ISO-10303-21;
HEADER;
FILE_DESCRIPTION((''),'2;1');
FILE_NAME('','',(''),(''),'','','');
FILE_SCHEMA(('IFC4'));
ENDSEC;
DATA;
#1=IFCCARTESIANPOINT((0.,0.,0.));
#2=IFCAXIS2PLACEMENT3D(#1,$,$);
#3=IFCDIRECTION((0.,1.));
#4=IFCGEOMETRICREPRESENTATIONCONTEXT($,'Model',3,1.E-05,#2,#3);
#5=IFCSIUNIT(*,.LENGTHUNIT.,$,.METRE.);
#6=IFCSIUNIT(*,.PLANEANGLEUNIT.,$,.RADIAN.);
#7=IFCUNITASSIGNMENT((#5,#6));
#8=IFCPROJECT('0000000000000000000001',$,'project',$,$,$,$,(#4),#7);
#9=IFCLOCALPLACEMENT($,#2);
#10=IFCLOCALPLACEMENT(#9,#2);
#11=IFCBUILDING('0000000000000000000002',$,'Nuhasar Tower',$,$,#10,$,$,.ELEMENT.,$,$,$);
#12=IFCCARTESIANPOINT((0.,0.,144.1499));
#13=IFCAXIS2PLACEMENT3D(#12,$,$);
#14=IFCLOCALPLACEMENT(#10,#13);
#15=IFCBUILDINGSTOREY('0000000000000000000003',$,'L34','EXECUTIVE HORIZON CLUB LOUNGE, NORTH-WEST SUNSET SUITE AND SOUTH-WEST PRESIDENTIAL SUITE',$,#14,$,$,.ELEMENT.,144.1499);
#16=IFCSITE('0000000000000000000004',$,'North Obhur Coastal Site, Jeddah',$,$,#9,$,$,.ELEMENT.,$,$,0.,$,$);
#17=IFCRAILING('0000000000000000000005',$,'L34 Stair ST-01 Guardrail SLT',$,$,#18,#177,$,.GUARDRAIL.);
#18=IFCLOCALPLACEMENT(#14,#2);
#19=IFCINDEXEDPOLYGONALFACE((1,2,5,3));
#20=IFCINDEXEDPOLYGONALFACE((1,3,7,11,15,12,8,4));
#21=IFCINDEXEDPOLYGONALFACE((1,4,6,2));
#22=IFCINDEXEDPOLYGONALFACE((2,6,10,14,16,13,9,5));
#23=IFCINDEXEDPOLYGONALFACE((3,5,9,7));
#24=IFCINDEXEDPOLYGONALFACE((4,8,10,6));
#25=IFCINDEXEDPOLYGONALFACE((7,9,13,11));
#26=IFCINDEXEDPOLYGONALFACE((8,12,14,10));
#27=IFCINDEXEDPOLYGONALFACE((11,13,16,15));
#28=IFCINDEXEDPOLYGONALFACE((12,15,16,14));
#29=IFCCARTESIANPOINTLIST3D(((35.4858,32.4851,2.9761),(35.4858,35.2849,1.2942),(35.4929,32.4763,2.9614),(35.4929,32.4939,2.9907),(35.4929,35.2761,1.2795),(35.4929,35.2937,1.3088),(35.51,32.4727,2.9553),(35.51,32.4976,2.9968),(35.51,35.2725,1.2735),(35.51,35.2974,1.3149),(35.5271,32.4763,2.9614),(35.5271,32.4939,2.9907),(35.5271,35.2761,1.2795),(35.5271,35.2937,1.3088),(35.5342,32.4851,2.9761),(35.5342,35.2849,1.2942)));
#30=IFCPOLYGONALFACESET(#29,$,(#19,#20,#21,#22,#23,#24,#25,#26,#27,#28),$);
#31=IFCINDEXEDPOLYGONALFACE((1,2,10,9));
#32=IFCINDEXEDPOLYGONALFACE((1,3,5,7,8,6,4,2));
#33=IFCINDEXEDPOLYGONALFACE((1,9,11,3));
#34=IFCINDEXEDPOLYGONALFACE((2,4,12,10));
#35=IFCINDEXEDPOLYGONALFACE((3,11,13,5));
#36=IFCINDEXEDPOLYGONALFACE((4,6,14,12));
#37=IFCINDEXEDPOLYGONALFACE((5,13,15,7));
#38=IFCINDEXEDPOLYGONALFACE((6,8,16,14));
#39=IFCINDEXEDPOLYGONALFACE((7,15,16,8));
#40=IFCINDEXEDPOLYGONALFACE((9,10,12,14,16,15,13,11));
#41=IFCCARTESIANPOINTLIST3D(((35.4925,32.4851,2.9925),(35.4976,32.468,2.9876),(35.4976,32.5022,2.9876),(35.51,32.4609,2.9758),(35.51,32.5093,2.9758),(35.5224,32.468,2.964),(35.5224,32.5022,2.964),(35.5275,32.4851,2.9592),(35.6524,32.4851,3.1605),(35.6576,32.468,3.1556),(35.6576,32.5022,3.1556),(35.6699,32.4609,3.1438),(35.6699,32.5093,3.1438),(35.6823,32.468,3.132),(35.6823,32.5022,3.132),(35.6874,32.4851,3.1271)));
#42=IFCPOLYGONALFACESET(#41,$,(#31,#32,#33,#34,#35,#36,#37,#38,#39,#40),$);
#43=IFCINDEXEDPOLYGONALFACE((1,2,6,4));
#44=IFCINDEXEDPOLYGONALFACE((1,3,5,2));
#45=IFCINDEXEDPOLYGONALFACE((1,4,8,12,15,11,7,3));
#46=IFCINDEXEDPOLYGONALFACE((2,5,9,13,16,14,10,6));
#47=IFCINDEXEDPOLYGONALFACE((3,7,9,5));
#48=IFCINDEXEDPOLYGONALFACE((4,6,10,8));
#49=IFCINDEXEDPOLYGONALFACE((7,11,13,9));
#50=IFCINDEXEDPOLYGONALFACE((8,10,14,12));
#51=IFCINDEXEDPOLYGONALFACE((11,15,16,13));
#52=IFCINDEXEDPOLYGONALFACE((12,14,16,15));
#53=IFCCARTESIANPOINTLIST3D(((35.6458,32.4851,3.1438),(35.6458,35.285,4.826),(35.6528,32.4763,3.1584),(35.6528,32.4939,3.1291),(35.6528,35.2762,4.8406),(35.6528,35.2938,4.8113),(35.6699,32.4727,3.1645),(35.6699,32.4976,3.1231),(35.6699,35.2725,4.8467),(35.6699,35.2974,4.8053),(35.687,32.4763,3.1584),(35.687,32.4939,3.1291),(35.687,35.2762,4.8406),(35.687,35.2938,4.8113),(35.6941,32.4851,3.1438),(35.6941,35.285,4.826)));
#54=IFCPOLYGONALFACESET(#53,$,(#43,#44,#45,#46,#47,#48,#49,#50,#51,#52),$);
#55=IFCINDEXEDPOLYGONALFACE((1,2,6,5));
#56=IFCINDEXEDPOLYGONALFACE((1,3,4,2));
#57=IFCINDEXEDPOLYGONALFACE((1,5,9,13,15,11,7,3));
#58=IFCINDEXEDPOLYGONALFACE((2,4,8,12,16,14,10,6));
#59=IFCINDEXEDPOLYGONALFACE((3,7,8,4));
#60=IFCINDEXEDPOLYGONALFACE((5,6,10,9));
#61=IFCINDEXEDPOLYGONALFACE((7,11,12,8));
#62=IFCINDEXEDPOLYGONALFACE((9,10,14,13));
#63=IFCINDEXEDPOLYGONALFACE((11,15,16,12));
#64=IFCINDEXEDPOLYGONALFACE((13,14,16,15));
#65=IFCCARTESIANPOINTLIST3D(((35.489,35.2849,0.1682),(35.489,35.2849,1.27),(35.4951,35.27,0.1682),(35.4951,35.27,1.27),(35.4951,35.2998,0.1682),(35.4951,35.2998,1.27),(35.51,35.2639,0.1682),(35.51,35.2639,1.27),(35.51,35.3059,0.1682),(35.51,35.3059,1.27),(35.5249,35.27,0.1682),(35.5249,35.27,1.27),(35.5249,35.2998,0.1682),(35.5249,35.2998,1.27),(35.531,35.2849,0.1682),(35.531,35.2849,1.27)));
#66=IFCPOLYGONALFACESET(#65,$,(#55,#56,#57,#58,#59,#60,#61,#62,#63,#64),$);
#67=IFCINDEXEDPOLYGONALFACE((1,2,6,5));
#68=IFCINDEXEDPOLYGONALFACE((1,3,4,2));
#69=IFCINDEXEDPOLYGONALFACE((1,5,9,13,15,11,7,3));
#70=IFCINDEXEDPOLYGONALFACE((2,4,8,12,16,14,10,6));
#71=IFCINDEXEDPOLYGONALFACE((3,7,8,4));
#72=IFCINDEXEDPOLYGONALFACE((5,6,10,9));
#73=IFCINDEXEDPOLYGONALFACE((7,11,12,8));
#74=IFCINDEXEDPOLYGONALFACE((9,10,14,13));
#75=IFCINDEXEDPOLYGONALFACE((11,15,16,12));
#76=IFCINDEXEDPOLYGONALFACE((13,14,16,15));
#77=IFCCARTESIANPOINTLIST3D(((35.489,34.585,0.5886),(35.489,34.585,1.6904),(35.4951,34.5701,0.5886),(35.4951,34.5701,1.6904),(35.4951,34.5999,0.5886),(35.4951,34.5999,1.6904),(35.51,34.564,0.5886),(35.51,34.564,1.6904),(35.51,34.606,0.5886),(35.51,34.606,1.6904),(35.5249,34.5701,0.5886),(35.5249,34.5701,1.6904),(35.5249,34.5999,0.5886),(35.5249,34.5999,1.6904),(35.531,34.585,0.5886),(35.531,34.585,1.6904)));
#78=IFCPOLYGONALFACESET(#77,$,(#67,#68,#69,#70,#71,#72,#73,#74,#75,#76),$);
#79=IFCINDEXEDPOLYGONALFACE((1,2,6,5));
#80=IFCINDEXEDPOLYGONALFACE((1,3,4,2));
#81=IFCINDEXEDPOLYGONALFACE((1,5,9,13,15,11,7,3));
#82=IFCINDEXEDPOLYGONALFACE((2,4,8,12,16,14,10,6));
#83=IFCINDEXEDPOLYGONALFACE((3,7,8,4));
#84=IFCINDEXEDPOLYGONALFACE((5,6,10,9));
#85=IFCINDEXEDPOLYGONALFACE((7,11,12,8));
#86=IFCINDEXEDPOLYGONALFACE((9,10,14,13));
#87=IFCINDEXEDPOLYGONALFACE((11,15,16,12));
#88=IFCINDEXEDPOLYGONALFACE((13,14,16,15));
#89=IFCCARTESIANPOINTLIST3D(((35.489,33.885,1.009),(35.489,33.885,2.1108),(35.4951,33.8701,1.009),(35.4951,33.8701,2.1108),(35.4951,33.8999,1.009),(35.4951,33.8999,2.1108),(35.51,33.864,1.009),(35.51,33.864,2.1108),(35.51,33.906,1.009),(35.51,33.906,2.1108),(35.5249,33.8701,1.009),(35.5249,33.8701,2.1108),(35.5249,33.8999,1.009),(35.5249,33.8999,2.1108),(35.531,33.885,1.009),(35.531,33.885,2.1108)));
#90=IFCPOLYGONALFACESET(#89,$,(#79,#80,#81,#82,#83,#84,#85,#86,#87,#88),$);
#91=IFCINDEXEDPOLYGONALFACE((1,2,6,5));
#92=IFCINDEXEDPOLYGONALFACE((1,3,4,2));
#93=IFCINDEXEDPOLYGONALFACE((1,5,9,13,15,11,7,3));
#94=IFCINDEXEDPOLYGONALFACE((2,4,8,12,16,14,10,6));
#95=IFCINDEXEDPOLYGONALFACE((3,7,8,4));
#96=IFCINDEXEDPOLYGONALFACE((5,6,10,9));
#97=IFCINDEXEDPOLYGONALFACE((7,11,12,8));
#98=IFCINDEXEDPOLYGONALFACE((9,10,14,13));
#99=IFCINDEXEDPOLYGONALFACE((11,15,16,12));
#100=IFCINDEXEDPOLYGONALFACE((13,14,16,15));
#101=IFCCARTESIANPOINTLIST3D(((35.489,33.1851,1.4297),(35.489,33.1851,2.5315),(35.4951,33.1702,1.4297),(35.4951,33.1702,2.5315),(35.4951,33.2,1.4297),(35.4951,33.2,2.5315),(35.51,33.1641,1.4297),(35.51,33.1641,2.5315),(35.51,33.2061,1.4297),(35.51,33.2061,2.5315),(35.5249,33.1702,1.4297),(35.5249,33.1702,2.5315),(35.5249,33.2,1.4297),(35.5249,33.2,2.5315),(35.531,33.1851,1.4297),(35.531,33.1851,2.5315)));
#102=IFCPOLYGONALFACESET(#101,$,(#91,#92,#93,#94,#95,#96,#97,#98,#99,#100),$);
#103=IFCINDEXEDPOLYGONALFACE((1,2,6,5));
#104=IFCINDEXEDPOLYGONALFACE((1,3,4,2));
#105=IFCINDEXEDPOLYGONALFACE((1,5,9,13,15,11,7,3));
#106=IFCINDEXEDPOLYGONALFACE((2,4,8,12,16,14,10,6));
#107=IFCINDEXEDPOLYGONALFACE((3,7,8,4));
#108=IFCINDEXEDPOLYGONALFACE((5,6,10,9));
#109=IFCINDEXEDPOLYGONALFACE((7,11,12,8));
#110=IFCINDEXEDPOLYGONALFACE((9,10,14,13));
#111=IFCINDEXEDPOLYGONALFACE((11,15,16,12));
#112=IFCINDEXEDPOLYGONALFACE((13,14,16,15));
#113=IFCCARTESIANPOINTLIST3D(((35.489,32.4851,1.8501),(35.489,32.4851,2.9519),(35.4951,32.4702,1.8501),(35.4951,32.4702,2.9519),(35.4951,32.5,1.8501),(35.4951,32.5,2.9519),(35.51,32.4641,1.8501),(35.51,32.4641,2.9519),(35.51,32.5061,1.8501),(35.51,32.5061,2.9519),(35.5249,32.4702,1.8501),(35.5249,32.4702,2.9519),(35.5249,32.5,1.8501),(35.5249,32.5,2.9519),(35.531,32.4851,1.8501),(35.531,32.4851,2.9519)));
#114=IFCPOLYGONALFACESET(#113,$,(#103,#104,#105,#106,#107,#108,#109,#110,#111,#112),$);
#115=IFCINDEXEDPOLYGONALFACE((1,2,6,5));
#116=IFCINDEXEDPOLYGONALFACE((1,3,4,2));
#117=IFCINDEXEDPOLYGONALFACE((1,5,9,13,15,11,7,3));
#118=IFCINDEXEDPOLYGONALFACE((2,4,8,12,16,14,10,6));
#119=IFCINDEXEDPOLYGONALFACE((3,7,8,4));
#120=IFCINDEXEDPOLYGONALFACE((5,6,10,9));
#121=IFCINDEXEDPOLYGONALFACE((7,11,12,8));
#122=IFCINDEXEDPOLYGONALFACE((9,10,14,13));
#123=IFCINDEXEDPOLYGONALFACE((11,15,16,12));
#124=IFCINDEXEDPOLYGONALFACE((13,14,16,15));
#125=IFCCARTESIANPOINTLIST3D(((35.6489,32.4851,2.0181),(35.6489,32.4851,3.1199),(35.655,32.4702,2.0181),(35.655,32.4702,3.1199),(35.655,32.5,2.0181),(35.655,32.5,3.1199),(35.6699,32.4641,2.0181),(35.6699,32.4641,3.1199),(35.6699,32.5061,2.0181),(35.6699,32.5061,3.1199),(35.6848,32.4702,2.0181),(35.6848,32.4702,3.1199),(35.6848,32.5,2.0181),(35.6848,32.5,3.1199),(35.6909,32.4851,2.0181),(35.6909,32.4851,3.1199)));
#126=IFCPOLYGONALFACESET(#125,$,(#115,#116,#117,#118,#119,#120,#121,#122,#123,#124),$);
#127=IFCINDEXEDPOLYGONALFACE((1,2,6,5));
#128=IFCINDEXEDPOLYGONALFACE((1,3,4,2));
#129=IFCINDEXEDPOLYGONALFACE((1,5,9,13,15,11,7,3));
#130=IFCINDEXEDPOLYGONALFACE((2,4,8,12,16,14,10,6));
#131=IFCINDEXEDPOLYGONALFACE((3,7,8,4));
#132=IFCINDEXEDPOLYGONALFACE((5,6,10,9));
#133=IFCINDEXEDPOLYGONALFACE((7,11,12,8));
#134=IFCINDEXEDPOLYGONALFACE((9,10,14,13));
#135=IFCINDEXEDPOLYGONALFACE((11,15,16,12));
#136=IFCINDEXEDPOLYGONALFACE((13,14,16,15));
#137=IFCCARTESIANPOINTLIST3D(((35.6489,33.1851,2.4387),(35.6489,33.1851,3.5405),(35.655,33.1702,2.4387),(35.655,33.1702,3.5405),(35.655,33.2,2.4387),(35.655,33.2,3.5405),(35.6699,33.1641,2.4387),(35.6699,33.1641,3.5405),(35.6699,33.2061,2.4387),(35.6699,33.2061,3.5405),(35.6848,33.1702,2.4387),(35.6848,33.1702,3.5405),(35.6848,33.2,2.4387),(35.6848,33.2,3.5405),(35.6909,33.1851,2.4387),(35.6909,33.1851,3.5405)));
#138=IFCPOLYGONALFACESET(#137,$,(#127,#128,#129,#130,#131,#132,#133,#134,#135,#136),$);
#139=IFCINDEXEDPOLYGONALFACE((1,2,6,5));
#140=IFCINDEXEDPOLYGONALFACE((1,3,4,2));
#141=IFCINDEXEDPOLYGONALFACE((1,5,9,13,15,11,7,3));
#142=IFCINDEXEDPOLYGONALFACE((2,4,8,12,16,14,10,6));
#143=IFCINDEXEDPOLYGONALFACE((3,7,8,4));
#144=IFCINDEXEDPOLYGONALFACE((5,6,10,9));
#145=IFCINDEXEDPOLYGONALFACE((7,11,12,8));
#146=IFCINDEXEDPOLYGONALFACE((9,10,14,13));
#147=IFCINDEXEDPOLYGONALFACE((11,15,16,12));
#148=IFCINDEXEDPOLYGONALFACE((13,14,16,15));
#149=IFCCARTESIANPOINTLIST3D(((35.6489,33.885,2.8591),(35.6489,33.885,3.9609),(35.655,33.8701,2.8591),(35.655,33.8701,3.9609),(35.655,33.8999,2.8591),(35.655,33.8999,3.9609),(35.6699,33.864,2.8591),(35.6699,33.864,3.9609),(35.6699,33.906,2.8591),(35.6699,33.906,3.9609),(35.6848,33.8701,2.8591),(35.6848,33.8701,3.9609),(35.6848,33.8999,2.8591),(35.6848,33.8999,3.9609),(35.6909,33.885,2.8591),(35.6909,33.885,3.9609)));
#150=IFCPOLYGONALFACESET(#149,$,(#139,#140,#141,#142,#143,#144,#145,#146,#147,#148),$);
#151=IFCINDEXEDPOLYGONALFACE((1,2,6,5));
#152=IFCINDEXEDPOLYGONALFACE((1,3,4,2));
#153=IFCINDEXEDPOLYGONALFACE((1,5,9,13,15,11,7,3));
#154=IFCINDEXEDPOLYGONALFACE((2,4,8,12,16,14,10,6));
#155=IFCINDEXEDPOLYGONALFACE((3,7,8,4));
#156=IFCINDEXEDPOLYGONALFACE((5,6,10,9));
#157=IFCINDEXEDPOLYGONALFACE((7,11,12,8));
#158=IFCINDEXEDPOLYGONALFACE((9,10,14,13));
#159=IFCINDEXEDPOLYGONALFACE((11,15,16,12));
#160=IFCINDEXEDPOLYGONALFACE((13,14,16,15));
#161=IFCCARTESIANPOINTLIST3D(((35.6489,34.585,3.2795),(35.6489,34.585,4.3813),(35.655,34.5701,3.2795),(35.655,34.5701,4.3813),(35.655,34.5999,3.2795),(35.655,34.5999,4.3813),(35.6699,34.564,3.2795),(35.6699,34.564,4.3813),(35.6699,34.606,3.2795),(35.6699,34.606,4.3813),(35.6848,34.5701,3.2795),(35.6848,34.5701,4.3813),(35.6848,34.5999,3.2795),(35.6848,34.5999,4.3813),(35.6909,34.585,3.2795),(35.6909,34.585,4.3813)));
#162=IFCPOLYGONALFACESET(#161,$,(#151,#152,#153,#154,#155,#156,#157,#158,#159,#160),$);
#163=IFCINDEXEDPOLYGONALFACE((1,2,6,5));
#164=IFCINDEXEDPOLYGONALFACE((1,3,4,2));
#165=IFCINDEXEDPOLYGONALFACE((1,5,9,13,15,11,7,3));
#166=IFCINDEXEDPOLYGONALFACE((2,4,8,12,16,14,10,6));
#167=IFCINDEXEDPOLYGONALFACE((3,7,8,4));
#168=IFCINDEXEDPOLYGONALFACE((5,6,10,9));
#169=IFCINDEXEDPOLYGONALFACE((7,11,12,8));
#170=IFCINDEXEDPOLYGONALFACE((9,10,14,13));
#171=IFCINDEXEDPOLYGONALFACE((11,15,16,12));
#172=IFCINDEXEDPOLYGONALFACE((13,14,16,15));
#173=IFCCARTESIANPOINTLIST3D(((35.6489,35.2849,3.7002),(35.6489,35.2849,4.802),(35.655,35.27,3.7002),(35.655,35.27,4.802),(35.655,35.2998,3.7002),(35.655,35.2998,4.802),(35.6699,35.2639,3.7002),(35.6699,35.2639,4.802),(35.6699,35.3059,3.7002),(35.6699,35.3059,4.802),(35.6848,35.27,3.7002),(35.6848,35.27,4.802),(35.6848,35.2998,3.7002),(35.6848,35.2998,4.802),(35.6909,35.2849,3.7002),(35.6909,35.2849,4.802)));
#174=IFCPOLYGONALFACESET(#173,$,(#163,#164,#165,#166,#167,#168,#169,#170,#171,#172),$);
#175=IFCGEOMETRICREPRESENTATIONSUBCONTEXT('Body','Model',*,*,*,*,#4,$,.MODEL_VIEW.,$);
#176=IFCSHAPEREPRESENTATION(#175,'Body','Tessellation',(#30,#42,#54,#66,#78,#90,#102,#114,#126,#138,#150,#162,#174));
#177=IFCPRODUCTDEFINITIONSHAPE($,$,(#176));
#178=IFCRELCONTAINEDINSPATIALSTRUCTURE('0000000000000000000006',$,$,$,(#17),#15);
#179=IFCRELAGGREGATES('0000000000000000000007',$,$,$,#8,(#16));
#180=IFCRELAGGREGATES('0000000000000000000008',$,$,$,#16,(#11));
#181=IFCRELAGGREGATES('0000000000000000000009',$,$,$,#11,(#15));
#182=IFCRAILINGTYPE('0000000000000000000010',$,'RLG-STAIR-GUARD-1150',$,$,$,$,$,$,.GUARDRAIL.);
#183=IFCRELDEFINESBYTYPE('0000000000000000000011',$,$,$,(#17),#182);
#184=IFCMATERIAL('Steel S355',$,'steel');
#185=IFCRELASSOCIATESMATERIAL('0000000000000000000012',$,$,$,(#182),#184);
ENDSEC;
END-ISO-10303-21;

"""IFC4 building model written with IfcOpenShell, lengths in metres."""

from ifc_helpers import new_model, si_unit, direction, frame, origin, place, context, subcontext, project, spatial, polyline, outline, extrude, material, type_object, element, save


model = new_model("IFC4")

# Units and contexts
model_context = context("Model", 3, precision=1e-05, world=origin(), true_north=direction((0.0, 1.0)))
body_context = subcontext(model_context, "Body", "Model", "MODEL_VIEW")
ifc_project = project(units=[si_unit("LENGTHUNIT", "METRE"), si_unit("PLANEANGLEUNIT", "RADIAN")], contexts=[model_context])

# Site, building, storey
site_placement = place(None, origin())
site = spatial("IfcSite", under=ifc_project, at=site_placement, Name="North Obhur Coastal Site, Jeddah", CompositionType="ELEMENT", RefElevation=0.0)
building_placement = place(site_placement, origin())
building = spatial("IfcBuilding", under=site, at=building_placement, Name="Nuhasar Tower", CompositionType="ELEMENT")
storey_placement = place(building_placement, frame((0.0, 0.0, 144.1499)))
storey = spatial("IfcBuildingStorey", under=building, at=storey_placement, Name="L34", Description="EXECUTIVE HORIZON CLUB LOUNGE, NORTH-WEST SUNSET SUITE AND SOUTH-WEST PRESIDENTIAL SUITE", CompositionType="ELEMENT", Elevation=144.1499)

# Shared definitions
ifc_material_1 = material(Name="Steel S355", Category="steel")

# Railing
railing_type_1 = type_object("IfcRailingType", Name="RLG-STAIR-GUARD-1150", PredefinedType="GUARDRAIL", material=ifc_material_1)
railing_1_placement = place(storey_placement, frame((35.51, 35.2849, 0.1682)))
element("IfcRailing", 1, at=railing_1_placement, inside=storey, type_object=railing_type_1, Name="L34 Stair ST-01 Guardrail SLT", PredefinedType="GUARDRAIL", context=body_context, shape_type="SweptSolid", body=[
    extrude(outline(polyline([(0.0242, 0.0), (0.0171, 0.0171), (0.0, 0.0242), (-0.0171, 0.0171), (-0.0242, 0.0), (-0.0171, -0.0171), (0.0, -0.0242), (0.0171, -0.0171), (0.0242, 0.0)])), frame((0.0, 0.0, 1.126), z_axis=(0.0, -0.857222, 0.514946), x_axis=(1.0, 0.0, 0.0)), (0.0, 0.0, 1.0), 3.2661),
    extrude(outline(polyline([(0.0242, 0.0), (0.0171, 0.0171), (0.0, 0.0242), (-0.0171, 0.0171), (-0.0242, 0.0), (-0.0171, -0.0171), (0.0, -0.0242), (0.0171, -0.0171), (0.0242, 0.0)])), frame((0.0, -2.7998, 2.8076), z_axis=(0.689524, 0.0, 0.724263), x_axis=(0.0, 1.0, 0.0)), (0.0, 0.0, 1.0), 0.2319),
    extrude(outline(polyline([(0.0242, 0.0), (0.0171, 0.0171), (0.0, 0.0242), (-0.0171, 0.0171), (-0.0242, 0.0), (-0.0171, -0.0171), (0.0, -0.0242), (0.0171, -0.0171), (0.0242, 0.0)])), frame((0.1599, -2.7998, 2.9756), z_axis=(0.0, 0.857189, 0.515001), x_axis=(-1.0, 0.0, 0.0)), (0.0, 0.0, 1.0), 3.2664),
    extrude(outline(polyline([(0.021, 0.0), (0.0149, 0.0149), (0.0, 0.021), (-0.0149, 0.0149), (-0.021, 0.0), (-0.0149, -0.0149), (0.0, -0.021), (0.0149, -0.0149), (0.021, 0.0)])), origin(), (0.0, 0.0, 1.0), 1.1018),
    extrude(outline(polyline([(0.021, 0.0), (0.0149, 0.0149), (0.0, 0.021), (-0.0149, 0.0149), (-0.021, 0.0), (-0.0149, -0.0149), (0.0, -0.021), (0.0149, -0.0149), (0.021, 0.0)])), frame((0.0, -0.7, 0.4204)), (0.0, 0.0, 1.0), 1.1018),
    extrude(outline(polyline([(0.021, 0.0), (0.0149, 0.0149), (0.0, 0.021), (-0.0149, 0.0149), (-0.021, 0.0), (-0.0149, -0.0149), (0.0, -0.021), (0.0149, -0.0149), (0.021, 0.0)])), frame((0.0, -1.3999, 0.8408)), (0.0, 0.0, 1.0), 1.1018),
    extrude(outline(polyline([(0.021, 0.0), (0.0149, 0.0149), (0.0, 0.021), (-0.0149, 0.0149), (-0.021, 0.0), (-0.0149, -0.0149), (0.0, -0.021), (0.0149, -0.0149), (0.021, 0.0)])), frame((0.0, -2.0999, 1.2615)), (0.0, 0.0, 1.0), 1.1018),
    extrude(outline(polyline([(0.021, 0.0), (0.0149, 0.0149), (0.0, 0.021), (-0.0149, 0.0149), (-0.021, 0.0), (-0.0149, -0.0149), (0.0, -0.021), (0.0149, -0.0149), (0.021, 0.0)])), frame((0.0, -2.7998, 1.6819)), (0.0, 0.0, 1.0), 1.1018),
    extrude(outline(polyline([(0.021, 0.0), (0.0149, 0.0149), (0.0, 0.021), (-0.0149, 0.0149), (-0.021, 0.0), (-0.0149, -0.0149), (0.0, -0.021), (0.0149, -0.0149), (0.021, 0.0)])), frame((0.1599, -2.7998, 1.8499)), (0.0, 0.0, 1.0), 1.1018),
    extrude(outline(polyline([(0.021, 0.0), (0.0149, 0.0149), (0.0, 0.021), (-0.0149, 0.0149), (-0.021, 0.0), (-0.0149, -0.0149), (0.0, -0.021), (0.0149, -0.0149), (0.021, 0.0)])), frame((0.1599, -2.0999, 2.2705)), (0.0, 0.0, 1.0), 1.1018),
    extrude(outline(polyline([(0.021, 0.0), (0.0149, 0.0149), (0.0, 0.021), (-0.0149, 0.0149), (-0.021, 0.0), (-0.0149, -0.0149), (0.0, -0.021), (0.0149, -0.0149), (0.021, 0.0)])), frame((0.1599, -1.3999, 2.6909)), (0.0, 0.0, 1.0), 1.1018),
    extrude(outline(polyline([(0.021, 0.0), (0.0149, 0.0149), (0.0, 0.021), (-0.0149, 0.0149), (-0.021, 0.0), (-0.0149, -0.0149), (0.0, -0.021), (0.0149, -0.0149), (0.021, 0.0)])), frame((0.1599, -0.7, 3.1113)), (0.0, 0.0, 1.0), 1.1018),
    extrude(outline(polyline([(0.021, 0.0), (0.0149, 0.0149), (0.0, 0.021), (-0.0149, 0.0149), (-0.021, 0.0), (-0.0149, -0.0149), (0.0, -0.021), (0.0149, -0.0149), (0.021, 0.0)])), frame((0.1599, 0.0, 3.532)), (0.0, 0.0, 1.0), 1.1018),
])

save(model, "model.ifc")
